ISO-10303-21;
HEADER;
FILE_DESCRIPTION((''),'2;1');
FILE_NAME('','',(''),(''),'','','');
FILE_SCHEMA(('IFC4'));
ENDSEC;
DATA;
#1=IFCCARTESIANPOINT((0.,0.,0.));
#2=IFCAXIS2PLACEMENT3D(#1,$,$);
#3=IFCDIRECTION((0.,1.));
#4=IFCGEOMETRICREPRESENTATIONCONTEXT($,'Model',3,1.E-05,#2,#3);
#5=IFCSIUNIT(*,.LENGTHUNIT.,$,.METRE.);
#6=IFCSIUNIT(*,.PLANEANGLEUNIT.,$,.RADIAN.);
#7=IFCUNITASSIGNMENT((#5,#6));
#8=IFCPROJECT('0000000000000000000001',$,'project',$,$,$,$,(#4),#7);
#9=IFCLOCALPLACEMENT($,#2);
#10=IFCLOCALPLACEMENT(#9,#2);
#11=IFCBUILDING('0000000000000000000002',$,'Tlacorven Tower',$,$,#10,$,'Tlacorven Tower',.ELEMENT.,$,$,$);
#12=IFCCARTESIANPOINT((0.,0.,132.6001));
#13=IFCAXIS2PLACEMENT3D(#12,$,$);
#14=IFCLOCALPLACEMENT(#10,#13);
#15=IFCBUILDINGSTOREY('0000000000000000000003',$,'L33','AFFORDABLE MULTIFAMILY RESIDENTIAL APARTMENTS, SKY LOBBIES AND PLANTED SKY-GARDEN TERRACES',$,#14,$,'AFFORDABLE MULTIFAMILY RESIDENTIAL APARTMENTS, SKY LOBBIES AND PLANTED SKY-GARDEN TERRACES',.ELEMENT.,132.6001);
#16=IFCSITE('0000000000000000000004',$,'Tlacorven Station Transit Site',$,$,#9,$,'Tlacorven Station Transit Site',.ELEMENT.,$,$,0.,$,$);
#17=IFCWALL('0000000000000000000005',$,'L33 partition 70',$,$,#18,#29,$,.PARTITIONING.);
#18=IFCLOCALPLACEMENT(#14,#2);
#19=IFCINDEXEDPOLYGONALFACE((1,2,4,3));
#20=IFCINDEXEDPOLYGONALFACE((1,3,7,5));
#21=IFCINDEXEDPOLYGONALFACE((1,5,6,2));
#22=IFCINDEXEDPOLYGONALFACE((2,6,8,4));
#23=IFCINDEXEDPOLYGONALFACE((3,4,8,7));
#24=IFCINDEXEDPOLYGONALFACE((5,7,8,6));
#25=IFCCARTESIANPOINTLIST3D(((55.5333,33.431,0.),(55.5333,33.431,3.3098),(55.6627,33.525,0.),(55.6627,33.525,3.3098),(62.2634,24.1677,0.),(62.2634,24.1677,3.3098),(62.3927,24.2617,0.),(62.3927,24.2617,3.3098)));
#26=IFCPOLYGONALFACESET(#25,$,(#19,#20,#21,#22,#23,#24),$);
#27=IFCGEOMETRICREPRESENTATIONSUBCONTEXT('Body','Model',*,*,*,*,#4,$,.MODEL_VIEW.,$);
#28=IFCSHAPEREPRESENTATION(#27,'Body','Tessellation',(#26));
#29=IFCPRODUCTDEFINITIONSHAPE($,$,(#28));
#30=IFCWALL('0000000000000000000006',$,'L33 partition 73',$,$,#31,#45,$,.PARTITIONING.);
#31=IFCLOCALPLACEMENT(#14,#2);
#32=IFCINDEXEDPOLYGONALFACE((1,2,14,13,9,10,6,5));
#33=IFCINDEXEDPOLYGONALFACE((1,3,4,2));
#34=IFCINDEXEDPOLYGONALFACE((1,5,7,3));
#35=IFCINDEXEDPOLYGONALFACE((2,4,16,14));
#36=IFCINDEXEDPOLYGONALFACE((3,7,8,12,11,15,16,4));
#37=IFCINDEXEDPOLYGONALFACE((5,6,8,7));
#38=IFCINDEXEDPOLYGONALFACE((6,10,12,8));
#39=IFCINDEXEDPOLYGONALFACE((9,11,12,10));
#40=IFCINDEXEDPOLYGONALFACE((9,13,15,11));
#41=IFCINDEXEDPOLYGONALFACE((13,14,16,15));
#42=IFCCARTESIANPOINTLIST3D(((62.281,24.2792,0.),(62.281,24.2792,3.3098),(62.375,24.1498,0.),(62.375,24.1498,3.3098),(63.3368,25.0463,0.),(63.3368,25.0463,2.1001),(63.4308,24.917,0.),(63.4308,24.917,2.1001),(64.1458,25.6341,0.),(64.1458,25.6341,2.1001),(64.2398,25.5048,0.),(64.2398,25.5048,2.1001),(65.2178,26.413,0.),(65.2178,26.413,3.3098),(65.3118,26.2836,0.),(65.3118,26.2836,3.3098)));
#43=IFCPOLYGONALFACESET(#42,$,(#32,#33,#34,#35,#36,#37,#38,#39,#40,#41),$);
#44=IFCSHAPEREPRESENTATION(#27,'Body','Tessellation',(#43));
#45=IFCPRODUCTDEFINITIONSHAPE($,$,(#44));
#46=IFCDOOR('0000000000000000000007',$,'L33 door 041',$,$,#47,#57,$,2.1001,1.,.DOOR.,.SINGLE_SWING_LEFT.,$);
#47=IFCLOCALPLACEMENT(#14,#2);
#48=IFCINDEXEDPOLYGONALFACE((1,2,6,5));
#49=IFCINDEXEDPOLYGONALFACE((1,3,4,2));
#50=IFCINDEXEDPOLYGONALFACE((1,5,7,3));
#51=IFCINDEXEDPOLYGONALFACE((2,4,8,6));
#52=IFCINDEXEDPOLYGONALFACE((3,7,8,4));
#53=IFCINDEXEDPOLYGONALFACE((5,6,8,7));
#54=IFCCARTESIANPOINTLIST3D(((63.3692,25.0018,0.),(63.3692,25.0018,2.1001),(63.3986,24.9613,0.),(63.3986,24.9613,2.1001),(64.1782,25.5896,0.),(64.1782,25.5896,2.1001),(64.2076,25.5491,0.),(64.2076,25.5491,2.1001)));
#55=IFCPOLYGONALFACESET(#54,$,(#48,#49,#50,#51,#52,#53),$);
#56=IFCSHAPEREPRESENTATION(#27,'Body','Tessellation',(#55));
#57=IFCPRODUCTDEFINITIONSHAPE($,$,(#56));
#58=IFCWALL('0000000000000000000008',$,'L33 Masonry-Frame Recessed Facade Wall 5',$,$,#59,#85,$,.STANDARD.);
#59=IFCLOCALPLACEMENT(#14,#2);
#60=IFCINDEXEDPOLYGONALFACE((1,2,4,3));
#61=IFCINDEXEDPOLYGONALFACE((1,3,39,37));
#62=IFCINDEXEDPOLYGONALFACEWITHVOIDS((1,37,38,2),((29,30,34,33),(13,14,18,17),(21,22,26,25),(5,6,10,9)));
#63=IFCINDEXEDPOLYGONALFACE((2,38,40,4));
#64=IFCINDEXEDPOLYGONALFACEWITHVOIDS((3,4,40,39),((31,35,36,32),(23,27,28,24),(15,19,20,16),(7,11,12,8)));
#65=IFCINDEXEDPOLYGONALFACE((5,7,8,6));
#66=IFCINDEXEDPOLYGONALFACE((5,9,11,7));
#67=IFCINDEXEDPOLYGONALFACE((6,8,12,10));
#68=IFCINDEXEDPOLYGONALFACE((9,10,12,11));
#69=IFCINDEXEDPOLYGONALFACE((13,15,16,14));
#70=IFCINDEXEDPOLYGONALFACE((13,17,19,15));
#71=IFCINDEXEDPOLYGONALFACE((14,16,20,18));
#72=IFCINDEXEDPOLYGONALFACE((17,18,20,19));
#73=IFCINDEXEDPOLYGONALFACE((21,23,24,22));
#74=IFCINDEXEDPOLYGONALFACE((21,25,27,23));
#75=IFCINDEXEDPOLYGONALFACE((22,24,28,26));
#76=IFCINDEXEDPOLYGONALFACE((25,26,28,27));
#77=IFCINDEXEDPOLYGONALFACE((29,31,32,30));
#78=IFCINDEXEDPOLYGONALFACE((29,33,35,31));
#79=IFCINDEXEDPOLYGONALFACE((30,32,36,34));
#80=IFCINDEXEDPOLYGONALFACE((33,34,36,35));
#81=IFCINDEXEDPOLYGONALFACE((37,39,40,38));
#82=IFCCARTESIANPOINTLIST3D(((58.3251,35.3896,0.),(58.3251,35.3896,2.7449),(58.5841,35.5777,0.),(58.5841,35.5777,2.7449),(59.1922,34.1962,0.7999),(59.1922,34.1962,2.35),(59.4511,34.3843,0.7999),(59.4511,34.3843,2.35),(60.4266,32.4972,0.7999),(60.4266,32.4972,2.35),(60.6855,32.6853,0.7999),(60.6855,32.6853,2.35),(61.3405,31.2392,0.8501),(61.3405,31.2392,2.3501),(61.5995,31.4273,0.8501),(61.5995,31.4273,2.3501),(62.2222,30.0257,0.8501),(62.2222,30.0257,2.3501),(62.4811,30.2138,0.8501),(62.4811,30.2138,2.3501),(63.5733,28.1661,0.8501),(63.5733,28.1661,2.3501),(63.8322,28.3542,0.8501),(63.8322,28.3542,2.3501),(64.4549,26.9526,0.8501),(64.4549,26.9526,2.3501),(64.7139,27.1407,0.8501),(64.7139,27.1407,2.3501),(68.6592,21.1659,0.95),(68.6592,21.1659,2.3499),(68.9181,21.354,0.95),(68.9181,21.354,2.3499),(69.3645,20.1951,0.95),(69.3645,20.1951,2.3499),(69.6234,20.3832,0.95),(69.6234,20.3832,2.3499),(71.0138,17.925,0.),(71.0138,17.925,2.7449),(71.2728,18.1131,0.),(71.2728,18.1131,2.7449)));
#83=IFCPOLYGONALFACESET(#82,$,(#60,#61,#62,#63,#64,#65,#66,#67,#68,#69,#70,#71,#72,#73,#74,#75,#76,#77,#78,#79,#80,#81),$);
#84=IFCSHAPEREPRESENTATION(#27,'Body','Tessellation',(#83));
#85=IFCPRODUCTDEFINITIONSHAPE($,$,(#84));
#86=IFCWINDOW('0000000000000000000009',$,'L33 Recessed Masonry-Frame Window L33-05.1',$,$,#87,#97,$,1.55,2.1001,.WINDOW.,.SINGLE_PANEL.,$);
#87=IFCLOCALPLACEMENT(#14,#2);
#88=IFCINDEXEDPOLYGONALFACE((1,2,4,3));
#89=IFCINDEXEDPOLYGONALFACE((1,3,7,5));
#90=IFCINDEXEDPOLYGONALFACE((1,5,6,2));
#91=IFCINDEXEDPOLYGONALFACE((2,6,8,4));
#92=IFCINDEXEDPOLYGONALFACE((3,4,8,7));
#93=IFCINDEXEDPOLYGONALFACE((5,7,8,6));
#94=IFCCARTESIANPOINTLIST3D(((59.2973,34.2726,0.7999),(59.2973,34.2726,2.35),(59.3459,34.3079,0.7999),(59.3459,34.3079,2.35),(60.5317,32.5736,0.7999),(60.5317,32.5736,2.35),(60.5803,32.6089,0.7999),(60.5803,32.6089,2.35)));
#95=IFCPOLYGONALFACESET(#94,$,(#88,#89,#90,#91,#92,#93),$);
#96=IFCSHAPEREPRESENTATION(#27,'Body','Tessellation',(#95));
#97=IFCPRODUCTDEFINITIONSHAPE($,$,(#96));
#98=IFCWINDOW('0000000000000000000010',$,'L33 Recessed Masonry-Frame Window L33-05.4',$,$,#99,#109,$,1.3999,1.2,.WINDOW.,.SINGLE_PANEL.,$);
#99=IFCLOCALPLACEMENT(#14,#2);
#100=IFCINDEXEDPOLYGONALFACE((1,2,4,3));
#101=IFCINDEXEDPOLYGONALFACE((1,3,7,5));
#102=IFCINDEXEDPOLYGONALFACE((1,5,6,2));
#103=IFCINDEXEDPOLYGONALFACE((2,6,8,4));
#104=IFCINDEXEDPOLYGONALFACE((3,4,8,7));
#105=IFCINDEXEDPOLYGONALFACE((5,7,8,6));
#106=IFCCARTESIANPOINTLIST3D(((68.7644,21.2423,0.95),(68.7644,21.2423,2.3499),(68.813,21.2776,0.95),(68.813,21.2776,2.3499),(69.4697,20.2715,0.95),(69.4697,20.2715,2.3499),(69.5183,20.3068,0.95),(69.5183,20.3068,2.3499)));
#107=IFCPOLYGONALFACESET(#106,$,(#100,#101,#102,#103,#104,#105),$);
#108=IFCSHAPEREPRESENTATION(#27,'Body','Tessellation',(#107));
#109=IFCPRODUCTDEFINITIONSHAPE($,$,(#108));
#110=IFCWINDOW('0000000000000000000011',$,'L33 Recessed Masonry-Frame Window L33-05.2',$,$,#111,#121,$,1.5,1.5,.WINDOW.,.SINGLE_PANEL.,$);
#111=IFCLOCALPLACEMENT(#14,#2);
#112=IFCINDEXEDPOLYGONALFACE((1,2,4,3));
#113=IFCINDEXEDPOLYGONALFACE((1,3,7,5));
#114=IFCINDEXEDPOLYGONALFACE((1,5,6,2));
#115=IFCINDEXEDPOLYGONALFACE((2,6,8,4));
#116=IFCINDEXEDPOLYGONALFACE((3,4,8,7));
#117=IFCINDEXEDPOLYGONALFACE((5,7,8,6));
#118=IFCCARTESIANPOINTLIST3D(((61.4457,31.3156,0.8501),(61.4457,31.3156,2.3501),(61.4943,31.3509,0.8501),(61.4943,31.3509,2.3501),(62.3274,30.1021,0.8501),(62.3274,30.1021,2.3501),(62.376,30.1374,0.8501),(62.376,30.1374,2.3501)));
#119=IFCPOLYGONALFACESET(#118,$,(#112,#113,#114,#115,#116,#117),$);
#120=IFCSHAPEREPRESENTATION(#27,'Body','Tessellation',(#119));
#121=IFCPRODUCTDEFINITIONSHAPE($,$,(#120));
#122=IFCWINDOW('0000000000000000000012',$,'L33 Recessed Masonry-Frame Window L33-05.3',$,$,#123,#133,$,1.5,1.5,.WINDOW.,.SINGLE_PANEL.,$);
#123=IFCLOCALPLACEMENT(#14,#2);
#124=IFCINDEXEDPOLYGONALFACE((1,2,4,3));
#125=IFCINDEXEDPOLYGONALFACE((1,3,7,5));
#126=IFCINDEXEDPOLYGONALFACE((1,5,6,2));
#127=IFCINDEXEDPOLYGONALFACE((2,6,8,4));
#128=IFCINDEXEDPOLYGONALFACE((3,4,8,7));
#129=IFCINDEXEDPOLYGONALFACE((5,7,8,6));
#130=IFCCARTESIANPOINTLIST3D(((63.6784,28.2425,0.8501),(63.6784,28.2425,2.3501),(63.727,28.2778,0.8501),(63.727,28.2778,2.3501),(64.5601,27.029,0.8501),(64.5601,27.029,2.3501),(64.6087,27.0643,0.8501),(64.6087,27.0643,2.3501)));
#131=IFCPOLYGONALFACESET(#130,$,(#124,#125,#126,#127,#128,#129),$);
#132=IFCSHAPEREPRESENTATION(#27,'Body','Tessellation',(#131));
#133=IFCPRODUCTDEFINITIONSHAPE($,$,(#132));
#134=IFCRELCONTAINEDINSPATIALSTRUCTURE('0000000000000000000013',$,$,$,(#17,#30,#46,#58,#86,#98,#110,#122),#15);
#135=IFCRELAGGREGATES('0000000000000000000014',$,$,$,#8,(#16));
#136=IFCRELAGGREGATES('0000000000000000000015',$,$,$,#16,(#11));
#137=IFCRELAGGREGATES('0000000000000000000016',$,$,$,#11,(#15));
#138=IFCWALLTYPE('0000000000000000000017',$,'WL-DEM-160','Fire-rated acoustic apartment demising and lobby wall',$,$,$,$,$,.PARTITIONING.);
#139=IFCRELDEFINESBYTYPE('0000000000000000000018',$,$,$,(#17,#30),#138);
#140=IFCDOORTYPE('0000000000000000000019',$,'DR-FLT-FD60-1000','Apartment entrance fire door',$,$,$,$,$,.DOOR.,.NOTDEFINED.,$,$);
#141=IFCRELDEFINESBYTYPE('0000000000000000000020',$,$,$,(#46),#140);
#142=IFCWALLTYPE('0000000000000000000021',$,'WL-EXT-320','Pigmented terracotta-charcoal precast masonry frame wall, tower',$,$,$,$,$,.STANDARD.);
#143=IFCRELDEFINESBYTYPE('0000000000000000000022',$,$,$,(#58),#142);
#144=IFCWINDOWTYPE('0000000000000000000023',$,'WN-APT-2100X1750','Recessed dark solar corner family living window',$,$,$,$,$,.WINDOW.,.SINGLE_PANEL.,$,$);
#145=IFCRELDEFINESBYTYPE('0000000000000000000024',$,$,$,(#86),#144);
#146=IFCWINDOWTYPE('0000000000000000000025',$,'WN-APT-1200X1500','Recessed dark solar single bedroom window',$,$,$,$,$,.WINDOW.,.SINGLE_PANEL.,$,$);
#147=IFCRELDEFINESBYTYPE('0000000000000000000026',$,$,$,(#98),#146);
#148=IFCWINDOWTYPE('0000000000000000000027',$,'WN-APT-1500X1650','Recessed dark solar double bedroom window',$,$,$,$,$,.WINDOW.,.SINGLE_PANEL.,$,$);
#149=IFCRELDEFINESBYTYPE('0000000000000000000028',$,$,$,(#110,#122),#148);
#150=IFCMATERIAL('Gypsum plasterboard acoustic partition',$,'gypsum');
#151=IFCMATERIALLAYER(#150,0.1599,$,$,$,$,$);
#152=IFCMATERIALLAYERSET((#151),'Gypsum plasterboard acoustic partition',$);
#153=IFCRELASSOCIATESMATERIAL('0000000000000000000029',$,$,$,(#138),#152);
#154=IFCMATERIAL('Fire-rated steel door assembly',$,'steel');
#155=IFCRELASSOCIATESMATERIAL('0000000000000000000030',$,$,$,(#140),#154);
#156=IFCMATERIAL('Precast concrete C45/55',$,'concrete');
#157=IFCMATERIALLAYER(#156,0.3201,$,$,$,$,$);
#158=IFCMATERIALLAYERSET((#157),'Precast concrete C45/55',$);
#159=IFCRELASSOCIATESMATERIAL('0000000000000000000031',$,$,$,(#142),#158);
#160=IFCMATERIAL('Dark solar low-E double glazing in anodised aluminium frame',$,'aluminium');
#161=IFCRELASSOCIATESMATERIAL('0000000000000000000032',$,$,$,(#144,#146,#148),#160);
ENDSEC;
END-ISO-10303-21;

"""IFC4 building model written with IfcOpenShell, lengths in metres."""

from ifc_helpers import new_model, si_unit, direction, frame, frame_2d, origin, place, context, subcontext, project, spatial, rectangle, extrude, source, transform, mapped, material, layer, layer_set, type_object, element, fill, save


model = new_model("IFC4")

# Units and contexts
model_context = context("Model", 3, precision=1e-05, world=origin(), true_north=direction((0.0, 1.0)))
body_context = subcontext(model_context, "Body", "Model", "MODEL_VIEW")
ifc_project = project(units=[si_unit("LENGTHUNIT", "METRE"), si_unit("PLANEANGLEUNIT", "RADIAN")], contexts=[model_context])

# Site, building, storey
site_placement = place(None, origin())
site = spatial("IfcSite", under=ifc_project, at=site_placement, Name="Tlacorven Station Transit Site", LongName="Tlacorven Station Transit Site", CompositionType="ELEMENT", RefElevation=0.0)
building_placement = place(site_placement, origin())
building = spatial("IfcBuilding", under=site, at=building_placement, Name="Tlacorven Tower", LongName="Tlacorven Tower", CompositionType="ELEMENT")
storey_placement = place(building_placement, frame((0.0, 0.0, 132.6001)))
storey = spatial("IfcBuildingStorey", under=building, at=storey_placement, Name="L33", Description="AFFORDABLE MULTIFAMILY RESIDENTIAL APARTMENTS, SKY LOBBIES AND PLANTED SKY-GARDEN TERRACES", LongName="AFFORDABLE MULTIFAMILY RESIDENTIAL APARTMENTS, SKY LOBBIES AND PLANTED SKY-GARDEN TERRACES", CompositionType="ELEMENT", Elevation=132.6001)

# Shared definitions
ifc_material_1 = material(Name="Gypsum plasterboard acoustic partition", Category="gypsum")
ifc_layer_1 = layer(ifc_material_1, 0.1599)
ifc_layer_set_1 = layer_set([ifc_layer_1], Name="Gypsum plasterboard acoustic partition")
wall_type_1 = type_object("IfcWallType", Name="WL-DEM-160", Description="Fire-rated acoustic apartment demising and lobby wall", PredefinedType="PARTITIONING", material=ifc_layer_set_1)
ifc_material_2 = material(Name="Fire-rated steel door assembly", Category="steel")
door_type_1 = type_object("IfcDoorType", Name="DR-FLT-FD60-1000", Description="Apartment entrance fire door", OperationType="NOTDEFINED", PredefinedType="DOOR", material=ifc_material_2)
shared_shape_1 = source(origin(), body_context, "Body", "SweptSolid", [
    extrude(rectangle(XDim=1.0, YDim=2.1001, at=frame_2d((0.5, 1.05))), frame((0.0, 0.0249, 0.0), z_axis=(0.0, -1.0, 0.0), x_axis=(1.0, 0.0, 0.0)), (0.0, 0.0, 1.0), 0.05),
])

# Wall
wall_1_placement = place(storey_placement, frame((62.3281, 24.2146, 0.0), z_axis=(0.0, 0.0, 1.0), x_axis=(-0.587779, 0.809022, 0.0)))
element("IfcWall", 1, at=wall_1_placement, inside=storey, type_object=wall_type_1, Name="L33 partition 70", PredefinedType="PARTITIONING", context=body_context, shape_type="SweptSolid", body=[
    extrude(rectangle(XDim=11.45, YDim=0.1599, at=frame_2d((5.7251, 0.0))), origin(), (0.0, 0.0, 1.0), 3.3098),
])

# Wall, opening, door
wall_2_placement = place(storey_placement, frame((62.3281, 24.2146, 0.0), z_axis=(0.0, 0.0, 1.0), x_axis=(0.809004, 0.587804, 0.0)))
wall_2 = element("IfcWall", 2, at=wall_2_placement, inside=storey, type_object=wall_type_1, Name="L33 partition 73", PredefinedType="PARTITIONING", context=body_context, shape_type="SweptSolid", body=[
    extrude(rectangle(XDim=3.6301, YDim=0.1599, at=frame_2d((1.8149, 0.0))), origin(), (0.0, 0.0, 1.0), 3.3098),
])
opening_1_placement = place(wall_2_placement, frame((1.3049, 0.0, 0.0)))
opening_1 = element("IfcOpeningElement", 3, at=opening_1_placement, cuts=wall_2, PredefinedType="OPENING", context=body_context, shape_type="SweptSolid", body=[
    extrude(rectangle(XDim=1.0, YDim=2.1001, at=frame_2d((0.5, 1.05))), frame((0.0, 0.0898, 0.0), z_axis=(0.0, -1.0, 0.0), x_axis=(1.0, 0.0, 0.0)), (0.0, 0.0, 1.0), 0.1799),
])
door_1_placement = place(opening_1_placement, origin())
door_1 = element("IfcDoor", 4, at=door_1_placement, inside=storey, type_object=door_type_1, Name="L33 door 041", OperationType="SINGLE_SWING_LEFT", OverallHeight=2.1001, OverallWidth=1.0, PredefinedType="DOOR", context=body_context, shape_type="MappedRepresentation", body=[
    mapped(shared_shape_1, transform((0.0, 0.0, 0.0), scale=1.0)),
])
fill(opening_1, door_1)

# Wall, openings, windows
ifc_material_3 = material(Name="Precast concrete C45/55", Category="concrete")
ifc_layer_2 = layer(ifc_material_3, 0.3201)
ifc_layer_set_2 = layer_set([ifc_layer_2], Name="Precast concrete C45/55")
wall_type_2 = type_object("IfcWallType", Name="WL-EXT-320", Description="Pigmented terracotta-charcoal precast masonry frame wall, tower", PredefinedType="STANDARD", material=ifc_layer_set_2)
wall_3_placement = place(storey_placement, frame((58.4546, 35.4836, 0.0), z_axis=(0.0, 0.0, 1.0), x_axis=(0.587784, -0.809018, 0.0)))
wall_3 = element("IfcWall", 5, at=wall_3_placement, inside=storey, type_object=wall_type_2, Name="L33 Masonry-Frame Recessed Facade Wall 5", PredefinedType="STANDARD", context=body_context, shape_type="SweptSolid", body=[
    extrude(rectangle(XDim=21.5874, YDim=0.3201, at=frame_2d((10.7937, 0.0))), origin(), (0.0, 0.0, 1.0), 2.7449),
])
opening_2_placement = place(wall_3_placement, frame((1.4751, 0.0, 0.8)))
opening_2 = element("IfcOpeningElement", 6, at=opening_2_placement, cuts=wall_3, PredefinedType="OPENING", context=body_context, shape_type="SweptSolid", body=[
    extrude(rectangle(XDim=2.1001, YDim=1.55, at=frame_2d((1.05, 0.7749))), frame((0.0, 0.1699, 0.0), z_axis=(0.0, -1.0, 0.0), x_axis=(1.0, 0.0, 0.0)), (0.0, 0.0, 1.0), 0.3401),
])
opening_3_placement = place(wall_3_placement, frame((5.1301, 0.0, 0.8501)))
opening_3 = element("IfcOpeningElement", 7, at=opening_3_placement, cuts=wall_3, PredefinedType="OPENING", context=body_context, shape_type="SweptSolid", body=[
    extrude(rectangle(XDim=1.5, YDim=1.5, at=frame_2d((0.75, 0.75))), frame((0.0, 0.1699, 0.0), z_axis=(0.0, -1.0, 0.0), x_axis=(1.0, 0.0, 0.0)), (0.0, 0.0, 1.0), 0.3401),
])
opening_4_placement = place(wall_3_placement, frame((8.9287, 0.0, 0.8501)))
opening_4 = element("IfcOpeningElement", 8, at=opening_4_placement, cuts=wall_3, PredefinedType="OPENING", context=body_context, shape_type="SweptSolid", body=[
    extrude(rectangle(XDim=1.5, YDim=1.5, at=frame_2d((0.75, 0.75))), frame((0.0, 0.1699, 0.0), z_axis=(0.0, -1.0, 0.0), x_axis=(1.0, 0.0, 0.0)), (0.0, 0.0, 1.0), 0.3401),
])
opening_5_placement = place(wall_3_placement, frame((17.5813, 0.0, 0.95)))
opening_5 = element("IfcOpeningElement", 9, at=opening_5_placement, cuts=wall_3, PredefinedType="OPENING", context=body_context, shape_type="SweptSolid", body=[
    extrude(rectangle(XDim=1.2, YDim=1.3999, at=frame_2d((0.6001, 0.7))), frame((0.0, 0.1699, 0.0), z_axis=(0.0, -1.0, 0.0), x_axis=(1.0, 0.0, 0.0)), (0.0, 0.0, 1.0), 0.3401),
])
ifc_material_4 = material(Name="Dark solar low-E double glazing in anodised aluminium frame", Category="aluminium")
window_type_1 = type_object("IfcWindowType", Name="WN-APT-2100X1750", Description="Recessed dark solar corner family living window", PartitioningType="SINGLE_PANEL", PredefinedType="WINDOW", material=ifc_material_4)
shared_shape_2 = source(origin(), body_context, "Body", "SweptSolid", [
    extrude(rectangle(XDim=2.1001, YDim=1.55, at=frame_2d((1.05, 0.7749))), frame((0.0, 0.03, 0.0), z_axis=(0.0, -1.0, 0.0), x_axis=(1.0, 0.0, 0.0)), (0.0, 0.0, 1.0), 0.0601),
])
window_1_placement = place(opening_2_placement, origin())
window_1 = element("IfcWindow", 10, at=window_1_placement, inside=storey, type_object=window_type_1, Name="L33 Recessed Masonry-Frame Window L33-05.1", OverallHeight=1.55, OverallWidth=2.1001, PartitioningType="SINGLE_PANEL", PredefinedType="WINDOW", context=body_context, shape_type="MappedRepresentation", body=[
    mapped(shared_shape_2, transform((0.0, 0.0, 0.0), scale=1.0)),
])
fill(opening_2, window_1)
window_type_2 = type_object("IfcWindowType", Name="WN-APT-1200X1500", Description="Recessed dark solar single bedroom window", PartitioningType="SINGLE_PANEL", PredefinedType="WINDOW", material=ifc_material_4)
shared_shape_3 = source(origin(), body_context, "Body", "SweptSolid", [
    extrude(rectangle(XDim=1.2, YDim=1.3999, at=frame_2d((0.6001, 0.7))), frame((0.0, 0.03, 0.0), z_axis=(0.0, -1.0, 0.0), x_axis=(1.0, 0.0, 0.0)), (0.0, 0.0, 1.0), 0.0601),
])
window_2_placement = place(opening_5_placement, origin())
window_2 = element("IfcWindow", 11, at=window_2_placement, inside=storey, type_object=window_type_2, Name="L33 Recessed Masonry-Frame Window L33-05.4", OverallHeight=1.3999, OverallWidth=1.2, PartitioningType="SINGLE_PANEL", PredefinedType="WINDOW", context=body_context, shape_type="MappedRepresentation", body=[
    mapped(shared_shape_3, transform((0.0, 0.0, 0.0), scale=1.0)),
])
fill(opening_5, window_2)
window_type_3 = type_object("IfcWindowType", Name="WN-APT-1500X1650", Description="Recessed dark solar double bedroom window", PartitioningType="SINGLE_PANEL", PredefinedType="WINDOW", material=ifc_material_4)
shared_shape_4 = source(origin(), body_context, "Body", "SweptSolid", [
    extrude(rectangle(XDim=1.5, YDim=1.5, at=frame_2d((0.75, 0.75))), frame((0.0, 0.03, 0.0), z_axis=(0.0, -1.0, 0.0), x_axis=(1.0, 0.0, 0.0)), (0.0, 0.0, 1.0), 0.0601),
])
window_3_placement = place(opening_3_placement, origin())
window_3 = element("IfcWindow", 12, at=window_3_placement, inside=storey, type_object=window_type_3, Name="L33 Recessed Masonry-Frame Window L33-05.2", OverallHeight=1.5, OverallWidth=1.5, PartitioningType="SINGLE_PANEL", PredefinedType="WINDOW", context=body_context, shape_type="MappedRepresentation", body=[
    mapped(shared_shape_4, transform((0.0, 0.0, 0.0), scale=1.0)),
])
fill(opening_3, window_3)
window_4_placement = place(opening_4_placement, origin())
window_4 = element("IfcWindow", 13, at=window_4_placement, inside=storey, type_object=window_type_3, Name="L33 Recessed Masonry-Frame Window L33-05.3", OverallHeight=1.5, OverallWidth=1.5, PartitioningType="SINGLE_PANEL", PredefinedType="WINDOW", context=body_context, shape_type="MappedRepresentation", body=[
    mapped(shared_shape_4, transform((0.0, 0.0, 0.0), scale=1.0)),
])
fill(opening_4, window_4)

save(model, "model.ifc")
